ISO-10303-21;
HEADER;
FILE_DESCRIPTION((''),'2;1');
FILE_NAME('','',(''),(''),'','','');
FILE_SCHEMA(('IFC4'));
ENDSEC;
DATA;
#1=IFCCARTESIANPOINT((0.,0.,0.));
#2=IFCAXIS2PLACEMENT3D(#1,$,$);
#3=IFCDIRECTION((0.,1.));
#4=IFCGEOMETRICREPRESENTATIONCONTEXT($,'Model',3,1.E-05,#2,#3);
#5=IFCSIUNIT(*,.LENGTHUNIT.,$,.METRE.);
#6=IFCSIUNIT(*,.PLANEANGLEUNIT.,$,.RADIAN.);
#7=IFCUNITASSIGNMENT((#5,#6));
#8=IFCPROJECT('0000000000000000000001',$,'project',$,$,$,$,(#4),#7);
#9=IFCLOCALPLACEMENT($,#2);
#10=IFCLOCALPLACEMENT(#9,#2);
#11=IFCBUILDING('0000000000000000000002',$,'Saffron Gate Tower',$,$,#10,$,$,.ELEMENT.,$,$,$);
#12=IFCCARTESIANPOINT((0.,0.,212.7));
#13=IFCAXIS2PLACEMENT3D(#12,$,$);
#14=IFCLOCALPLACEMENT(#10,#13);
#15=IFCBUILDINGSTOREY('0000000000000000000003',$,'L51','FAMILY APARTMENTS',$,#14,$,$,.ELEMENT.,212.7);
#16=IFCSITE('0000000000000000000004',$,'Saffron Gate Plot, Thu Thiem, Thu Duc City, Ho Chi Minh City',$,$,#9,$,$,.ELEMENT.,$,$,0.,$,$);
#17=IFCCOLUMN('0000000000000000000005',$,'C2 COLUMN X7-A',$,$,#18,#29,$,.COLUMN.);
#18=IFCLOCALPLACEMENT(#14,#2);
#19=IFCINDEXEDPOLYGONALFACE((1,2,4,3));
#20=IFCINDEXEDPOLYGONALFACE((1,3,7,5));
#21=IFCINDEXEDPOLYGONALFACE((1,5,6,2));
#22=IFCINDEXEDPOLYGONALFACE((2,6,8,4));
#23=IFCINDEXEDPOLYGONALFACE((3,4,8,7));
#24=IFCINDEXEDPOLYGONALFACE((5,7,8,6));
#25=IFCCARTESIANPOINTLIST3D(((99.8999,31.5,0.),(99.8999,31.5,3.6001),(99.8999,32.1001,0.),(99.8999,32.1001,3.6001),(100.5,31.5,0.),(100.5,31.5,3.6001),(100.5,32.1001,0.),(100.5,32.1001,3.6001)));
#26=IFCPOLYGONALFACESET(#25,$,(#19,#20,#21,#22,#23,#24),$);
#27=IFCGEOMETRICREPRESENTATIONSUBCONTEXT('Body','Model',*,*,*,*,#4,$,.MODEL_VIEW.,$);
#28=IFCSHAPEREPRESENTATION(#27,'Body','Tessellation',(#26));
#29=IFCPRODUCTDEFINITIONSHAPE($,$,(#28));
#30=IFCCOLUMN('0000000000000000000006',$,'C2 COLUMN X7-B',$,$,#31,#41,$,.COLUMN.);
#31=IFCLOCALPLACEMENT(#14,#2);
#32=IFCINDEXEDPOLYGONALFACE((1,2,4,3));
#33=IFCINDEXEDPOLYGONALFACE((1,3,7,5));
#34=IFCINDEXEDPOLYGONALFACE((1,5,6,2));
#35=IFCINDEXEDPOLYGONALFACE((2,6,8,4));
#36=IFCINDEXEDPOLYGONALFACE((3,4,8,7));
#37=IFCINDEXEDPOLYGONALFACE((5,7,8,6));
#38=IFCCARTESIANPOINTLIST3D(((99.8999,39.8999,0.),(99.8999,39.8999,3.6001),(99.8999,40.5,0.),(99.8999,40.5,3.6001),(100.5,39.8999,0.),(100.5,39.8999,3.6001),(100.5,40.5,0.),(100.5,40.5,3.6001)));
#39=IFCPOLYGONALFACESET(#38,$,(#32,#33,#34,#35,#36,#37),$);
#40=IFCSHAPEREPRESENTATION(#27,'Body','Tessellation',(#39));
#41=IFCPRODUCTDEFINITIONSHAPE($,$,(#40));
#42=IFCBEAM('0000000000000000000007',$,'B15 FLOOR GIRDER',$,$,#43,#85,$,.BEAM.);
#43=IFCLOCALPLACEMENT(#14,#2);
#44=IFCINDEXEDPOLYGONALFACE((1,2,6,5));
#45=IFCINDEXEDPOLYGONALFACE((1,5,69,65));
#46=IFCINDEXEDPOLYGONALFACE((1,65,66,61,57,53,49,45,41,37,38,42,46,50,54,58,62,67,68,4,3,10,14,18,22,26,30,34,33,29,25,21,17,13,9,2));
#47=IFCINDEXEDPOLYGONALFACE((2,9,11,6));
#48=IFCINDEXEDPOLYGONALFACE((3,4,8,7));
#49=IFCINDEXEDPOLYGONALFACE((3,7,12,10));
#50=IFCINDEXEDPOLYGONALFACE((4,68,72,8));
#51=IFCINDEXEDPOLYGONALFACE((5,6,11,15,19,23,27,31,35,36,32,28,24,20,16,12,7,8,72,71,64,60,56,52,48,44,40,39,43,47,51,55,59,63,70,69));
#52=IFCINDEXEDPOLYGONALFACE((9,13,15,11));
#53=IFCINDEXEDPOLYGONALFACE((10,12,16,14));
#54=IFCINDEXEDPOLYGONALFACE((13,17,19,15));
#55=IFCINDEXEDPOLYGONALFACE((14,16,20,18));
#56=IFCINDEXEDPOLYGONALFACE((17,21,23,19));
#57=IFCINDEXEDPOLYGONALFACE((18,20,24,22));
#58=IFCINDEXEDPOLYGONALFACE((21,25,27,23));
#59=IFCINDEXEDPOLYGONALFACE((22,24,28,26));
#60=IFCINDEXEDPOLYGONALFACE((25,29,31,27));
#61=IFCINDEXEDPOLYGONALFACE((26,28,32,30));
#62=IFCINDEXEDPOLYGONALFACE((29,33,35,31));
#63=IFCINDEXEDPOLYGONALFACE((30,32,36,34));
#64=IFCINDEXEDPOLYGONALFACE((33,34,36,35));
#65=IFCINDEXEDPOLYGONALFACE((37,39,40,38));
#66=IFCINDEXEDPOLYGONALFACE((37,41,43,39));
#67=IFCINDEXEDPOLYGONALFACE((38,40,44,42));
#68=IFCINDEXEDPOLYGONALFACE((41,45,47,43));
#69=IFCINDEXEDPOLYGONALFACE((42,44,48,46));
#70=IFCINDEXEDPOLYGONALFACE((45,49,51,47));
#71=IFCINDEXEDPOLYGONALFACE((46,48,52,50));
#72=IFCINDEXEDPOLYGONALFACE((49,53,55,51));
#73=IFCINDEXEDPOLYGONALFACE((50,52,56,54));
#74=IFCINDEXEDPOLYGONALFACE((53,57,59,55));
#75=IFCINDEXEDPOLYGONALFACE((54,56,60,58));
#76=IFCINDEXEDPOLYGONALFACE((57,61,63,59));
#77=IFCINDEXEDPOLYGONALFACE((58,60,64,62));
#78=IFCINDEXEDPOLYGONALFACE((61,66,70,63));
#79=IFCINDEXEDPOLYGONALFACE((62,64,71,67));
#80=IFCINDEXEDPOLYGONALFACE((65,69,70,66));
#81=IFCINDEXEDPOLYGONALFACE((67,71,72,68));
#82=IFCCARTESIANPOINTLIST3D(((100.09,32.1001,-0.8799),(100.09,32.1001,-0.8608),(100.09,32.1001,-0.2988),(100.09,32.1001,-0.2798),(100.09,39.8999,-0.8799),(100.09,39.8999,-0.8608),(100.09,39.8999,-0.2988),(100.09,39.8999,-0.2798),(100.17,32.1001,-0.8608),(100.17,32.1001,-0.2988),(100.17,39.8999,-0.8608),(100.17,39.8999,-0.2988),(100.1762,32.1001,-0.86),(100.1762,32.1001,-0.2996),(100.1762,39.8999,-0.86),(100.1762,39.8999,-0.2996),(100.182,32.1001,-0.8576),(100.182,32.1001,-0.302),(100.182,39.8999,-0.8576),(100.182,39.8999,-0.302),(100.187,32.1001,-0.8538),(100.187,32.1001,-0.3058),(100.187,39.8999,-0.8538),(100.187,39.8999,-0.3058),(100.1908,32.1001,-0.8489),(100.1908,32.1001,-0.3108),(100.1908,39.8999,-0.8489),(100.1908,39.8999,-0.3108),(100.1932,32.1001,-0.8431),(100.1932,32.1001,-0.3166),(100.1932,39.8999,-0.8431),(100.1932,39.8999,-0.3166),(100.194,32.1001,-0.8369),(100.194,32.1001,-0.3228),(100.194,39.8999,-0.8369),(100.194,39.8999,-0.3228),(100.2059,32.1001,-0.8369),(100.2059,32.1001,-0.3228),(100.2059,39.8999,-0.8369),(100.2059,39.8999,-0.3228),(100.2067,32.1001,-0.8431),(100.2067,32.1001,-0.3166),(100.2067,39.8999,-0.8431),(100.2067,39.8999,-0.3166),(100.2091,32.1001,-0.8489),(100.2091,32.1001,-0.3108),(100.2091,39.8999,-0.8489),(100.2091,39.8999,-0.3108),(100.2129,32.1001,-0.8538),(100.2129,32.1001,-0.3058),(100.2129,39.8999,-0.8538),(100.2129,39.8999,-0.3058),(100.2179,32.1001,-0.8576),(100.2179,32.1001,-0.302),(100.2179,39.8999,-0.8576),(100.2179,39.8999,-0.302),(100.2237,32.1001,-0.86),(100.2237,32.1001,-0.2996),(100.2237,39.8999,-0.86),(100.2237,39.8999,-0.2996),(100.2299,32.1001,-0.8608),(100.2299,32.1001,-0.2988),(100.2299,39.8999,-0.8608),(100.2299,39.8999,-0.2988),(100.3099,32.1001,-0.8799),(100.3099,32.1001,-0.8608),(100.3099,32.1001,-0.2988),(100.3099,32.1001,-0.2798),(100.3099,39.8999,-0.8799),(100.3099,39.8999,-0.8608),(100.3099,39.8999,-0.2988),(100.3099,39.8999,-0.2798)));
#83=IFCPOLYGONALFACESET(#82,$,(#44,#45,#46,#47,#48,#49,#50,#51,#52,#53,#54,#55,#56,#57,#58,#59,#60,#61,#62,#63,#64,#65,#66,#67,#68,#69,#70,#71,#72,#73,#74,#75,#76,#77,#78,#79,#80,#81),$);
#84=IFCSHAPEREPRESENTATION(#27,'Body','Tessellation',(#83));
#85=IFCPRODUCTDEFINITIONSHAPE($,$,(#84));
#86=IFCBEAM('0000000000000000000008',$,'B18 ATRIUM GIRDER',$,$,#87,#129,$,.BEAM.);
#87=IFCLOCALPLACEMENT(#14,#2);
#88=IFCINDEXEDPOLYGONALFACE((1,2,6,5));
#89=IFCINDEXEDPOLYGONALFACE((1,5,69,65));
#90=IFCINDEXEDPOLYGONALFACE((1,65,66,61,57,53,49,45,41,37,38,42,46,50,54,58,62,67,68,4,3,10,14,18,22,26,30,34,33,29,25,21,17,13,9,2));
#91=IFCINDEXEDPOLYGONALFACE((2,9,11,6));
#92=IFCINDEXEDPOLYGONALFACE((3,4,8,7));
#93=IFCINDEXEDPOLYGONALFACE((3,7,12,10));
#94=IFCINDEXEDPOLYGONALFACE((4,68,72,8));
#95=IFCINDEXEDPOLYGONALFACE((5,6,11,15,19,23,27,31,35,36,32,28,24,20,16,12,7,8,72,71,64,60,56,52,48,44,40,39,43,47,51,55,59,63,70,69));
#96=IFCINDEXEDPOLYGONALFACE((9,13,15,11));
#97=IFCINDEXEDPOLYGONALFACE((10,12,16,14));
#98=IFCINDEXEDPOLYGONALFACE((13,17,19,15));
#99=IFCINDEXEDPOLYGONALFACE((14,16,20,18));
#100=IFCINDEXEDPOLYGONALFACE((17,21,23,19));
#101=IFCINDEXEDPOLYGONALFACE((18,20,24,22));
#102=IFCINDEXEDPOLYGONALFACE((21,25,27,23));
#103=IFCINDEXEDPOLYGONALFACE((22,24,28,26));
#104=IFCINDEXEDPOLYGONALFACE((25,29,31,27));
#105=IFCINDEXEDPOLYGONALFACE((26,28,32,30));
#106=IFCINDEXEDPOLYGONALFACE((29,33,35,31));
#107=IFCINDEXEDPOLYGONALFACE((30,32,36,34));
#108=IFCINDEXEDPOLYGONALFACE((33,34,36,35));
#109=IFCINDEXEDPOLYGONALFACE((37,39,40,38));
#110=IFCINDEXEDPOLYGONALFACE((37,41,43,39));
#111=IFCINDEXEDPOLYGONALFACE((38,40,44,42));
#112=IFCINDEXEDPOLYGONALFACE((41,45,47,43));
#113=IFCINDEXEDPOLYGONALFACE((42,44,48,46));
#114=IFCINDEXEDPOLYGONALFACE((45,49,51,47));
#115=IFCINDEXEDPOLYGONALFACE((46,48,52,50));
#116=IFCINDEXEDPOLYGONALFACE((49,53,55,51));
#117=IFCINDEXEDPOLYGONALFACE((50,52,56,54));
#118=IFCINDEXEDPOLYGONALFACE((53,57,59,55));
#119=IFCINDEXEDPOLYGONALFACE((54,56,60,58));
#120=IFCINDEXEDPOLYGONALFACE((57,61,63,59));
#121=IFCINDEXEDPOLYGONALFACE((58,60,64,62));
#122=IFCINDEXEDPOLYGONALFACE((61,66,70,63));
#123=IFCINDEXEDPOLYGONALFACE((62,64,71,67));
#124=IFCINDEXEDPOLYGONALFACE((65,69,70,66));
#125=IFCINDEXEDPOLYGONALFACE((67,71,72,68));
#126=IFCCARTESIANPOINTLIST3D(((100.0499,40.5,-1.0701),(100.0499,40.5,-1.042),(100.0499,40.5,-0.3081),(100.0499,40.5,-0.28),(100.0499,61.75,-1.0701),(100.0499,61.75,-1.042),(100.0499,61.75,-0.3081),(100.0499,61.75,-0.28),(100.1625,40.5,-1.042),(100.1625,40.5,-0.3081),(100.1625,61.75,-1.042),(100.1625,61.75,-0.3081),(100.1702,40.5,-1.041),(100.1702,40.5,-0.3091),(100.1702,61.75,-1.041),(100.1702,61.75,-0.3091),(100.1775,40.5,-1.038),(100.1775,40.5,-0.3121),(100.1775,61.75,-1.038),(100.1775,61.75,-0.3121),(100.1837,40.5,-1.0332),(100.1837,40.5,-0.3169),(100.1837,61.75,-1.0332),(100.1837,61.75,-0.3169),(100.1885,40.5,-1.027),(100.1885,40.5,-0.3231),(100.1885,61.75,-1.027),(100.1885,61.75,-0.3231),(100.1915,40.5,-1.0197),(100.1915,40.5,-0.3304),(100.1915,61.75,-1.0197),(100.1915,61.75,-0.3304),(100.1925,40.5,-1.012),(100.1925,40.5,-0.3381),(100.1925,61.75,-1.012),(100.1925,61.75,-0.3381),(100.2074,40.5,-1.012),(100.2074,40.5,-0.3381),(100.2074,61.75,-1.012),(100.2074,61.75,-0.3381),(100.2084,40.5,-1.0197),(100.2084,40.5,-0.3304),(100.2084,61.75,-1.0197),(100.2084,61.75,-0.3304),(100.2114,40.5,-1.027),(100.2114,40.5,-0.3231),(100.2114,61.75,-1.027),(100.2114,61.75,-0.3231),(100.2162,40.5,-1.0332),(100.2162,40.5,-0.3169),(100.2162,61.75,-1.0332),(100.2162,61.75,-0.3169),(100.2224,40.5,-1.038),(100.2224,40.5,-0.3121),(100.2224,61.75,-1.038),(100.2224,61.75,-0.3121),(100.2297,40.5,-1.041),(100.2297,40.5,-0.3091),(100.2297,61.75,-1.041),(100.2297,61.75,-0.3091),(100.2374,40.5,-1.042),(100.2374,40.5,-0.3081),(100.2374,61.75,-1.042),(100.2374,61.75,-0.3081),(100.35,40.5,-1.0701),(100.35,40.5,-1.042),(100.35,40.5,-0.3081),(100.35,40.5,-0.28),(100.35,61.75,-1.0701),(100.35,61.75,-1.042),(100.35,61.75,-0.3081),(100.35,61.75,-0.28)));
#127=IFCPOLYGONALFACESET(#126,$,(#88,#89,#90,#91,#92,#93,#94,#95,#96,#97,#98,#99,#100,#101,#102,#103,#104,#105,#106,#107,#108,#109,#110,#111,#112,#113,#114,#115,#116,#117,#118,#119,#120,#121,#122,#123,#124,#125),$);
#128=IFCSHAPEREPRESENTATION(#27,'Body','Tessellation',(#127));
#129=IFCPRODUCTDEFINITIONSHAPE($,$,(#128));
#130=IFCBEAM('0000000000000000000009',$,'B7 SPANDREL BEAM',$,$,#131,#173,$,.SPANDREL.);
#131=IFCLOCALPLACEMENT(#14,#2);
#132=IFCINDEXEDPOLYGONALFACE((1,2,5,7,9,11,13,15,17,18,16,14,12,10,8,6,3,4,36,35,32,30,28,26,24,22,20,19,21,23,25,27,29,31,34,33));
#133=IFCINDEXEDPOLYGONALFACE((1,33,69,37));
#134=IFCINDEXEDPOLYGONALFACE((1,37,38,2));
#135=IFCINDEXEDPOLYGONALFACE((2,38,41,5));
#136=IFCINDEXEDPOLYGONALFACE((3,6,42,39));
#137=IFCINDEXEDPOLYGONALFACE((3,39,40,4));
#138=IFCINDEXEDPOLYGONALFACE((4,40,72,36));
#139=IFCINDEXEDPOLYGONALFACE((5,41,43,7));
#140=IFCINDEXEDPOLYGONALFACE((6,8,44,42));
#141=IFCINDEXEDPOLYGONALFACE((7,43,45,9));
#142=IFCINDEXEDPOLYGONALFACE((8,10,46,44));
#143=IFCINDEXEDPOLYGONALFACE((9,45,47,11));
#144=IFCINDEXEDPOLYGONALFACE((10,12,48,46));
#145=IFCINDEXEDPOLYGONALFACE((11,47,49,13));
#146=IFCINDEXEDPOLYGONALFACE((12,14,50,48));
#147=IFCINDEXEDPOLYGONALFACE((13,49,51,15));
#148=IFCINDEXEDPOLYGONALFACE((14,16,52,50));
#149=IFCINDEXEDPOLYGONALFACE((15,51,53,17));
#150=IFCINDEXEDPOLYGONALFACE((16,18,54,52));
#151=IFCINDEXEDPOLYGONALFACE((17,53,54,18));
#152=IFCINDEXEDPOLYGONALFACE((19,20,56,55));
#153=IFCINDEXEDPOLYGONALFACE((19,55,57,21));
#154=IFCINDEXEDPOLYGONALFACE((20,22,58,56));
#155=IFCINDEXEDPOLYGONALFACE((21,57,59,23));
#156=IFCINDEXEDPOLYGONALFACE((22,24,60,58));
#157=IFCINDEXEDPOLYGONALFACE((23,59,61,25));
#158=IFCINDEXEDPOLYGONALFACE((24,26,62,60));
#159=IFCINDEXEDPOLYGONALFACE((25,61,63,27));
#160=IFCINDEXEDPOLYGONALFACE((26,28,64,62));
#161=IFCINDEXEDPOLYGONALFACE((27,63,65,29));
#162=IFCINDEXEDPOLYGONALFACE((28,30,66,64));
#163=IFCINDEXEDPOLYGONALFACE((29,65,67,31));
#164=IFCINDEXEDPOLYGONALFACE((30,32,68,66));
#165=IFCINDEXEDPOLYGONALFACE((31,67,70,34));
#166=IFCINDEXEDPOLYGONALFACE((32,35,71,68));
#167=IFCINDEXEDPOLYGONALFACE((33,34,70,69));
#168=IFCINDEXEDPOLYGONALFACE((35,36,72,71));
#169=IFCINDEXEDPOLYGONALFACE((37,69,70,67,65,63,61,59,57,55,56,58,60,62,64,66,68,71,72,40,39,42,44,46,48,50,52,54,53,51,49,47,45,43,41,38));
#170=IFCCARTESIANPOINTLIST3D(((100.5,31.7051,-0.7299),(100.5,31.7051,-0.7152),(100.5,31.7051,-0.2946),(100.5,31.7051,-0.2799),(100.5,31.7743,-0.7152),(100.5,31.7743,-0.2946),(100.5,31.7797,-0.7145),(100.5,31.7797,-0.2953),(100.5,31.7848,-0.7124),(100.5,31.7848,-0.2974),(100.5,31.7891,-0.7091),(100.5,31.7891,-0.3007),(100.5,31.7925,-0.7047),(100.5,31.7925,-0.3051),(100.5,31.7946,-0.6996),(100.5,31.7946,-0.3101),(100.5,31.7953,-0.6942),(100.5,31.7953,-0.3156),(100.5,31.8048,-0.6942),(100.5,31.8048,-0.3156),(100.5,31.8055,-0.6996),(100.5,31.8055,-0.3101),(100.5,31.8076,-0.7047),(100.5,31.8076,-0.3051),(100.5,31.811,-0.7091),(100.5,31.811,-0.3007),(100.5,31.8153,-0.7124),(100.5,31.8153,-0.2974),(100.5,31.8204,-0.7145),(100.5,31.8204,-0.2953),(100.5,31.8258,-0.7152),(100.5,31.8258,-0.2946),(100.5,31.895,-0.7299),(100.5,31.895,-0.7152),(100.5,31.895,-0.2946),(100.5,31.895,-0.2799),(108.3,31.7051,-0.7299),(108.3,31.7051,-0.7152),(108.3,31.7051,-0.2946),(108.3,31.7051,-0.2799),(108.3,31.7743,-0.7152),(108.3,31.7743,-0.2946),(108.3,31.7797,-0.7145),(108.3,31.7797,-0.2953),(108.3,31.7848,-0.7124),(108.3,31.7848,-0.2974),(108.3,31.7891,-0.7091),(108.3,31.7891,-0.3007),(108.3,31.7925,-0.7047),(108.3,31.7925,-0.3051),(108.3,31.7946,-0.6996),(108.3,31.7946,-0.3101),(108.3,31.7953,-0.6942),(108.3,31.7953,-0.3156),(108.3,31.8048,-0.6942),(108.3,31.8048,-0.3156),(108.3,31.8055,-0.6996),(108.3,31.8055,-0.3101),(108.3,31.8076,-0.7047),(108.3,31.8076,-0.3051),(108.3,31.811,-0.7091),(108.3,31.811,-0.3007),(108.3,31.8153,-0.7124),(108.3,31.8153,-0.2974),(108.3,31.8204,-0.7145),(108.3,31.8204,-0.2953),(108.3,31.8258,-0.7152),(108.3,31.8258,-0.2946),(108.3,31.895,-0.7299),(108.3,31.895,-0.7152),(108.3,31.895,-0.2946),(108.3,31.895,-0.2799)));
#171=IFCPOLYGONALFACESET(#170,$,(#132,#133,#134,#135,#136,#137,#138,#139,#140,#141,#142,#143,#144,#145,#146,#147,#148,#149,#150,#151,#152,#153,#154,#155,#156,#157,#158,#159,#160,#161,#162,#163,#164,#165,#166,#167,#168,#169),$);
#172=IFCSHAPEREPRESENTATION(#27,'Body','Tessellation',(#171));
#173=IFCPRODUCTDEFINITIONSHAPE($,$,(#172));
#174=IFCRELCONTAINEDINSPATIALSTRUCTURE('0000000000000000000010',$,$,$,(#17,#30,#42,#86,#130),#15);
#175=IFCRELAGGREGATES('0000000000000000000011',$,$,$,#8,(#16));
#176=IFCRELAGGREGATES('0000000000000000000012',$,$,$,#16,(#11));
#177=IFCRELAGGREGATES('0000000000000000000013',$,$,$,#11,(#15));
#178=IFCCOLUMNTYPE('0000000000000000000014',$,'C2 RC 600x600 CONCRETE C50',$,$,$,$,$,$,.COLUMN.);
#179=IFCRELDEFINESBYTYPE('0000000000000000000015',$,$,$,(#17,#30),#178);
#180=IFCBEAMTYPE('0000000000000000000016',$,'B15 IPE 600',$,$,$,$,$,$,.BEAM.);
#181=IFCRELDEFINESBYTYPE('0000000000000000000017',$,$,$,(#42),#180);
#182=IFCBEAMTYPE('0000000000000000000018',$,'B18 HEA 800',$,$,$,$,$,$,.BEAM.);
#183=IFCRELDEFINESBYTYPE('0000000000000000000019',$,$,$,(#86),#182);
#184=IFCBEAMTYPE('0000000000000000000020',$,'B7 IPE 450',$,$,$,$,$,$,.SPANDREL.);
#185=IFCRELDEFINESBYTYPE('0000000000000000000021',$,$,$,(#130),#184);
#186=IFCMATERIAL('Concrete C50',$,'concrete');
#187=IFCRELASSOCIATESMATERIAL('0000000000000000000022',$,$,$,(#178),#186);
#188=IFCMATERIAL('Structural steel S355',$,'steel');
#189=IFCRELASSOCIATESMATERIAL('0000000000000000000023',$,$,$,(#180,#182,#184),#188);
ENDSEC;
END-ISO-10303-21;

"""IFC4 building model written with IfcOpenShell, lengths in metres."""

from ifc_helpers import new_model, si_unit, direction, frame, origin, origin_2d, place, context, subcontext, project, spatial, rectangle, i_section, extrude, material, material_profile, profile_set, type_object, element, save


model = new_model("IFC4")

# Units and contexts
model_context = context("Model", 3, precision=1e-05, world=origin(), true_north=direction((0.0, 1.0)))
body_context = subcontext(model_context, "Body", "Model", "MODEL_VIEW")
ifc_project = project(units=[si_unit("LENGTHUNIT", "METRE"), si_unit("PLANEANGLEUNIT", "RADIAN")], contexts=[model_context])

# Site, building, storey
site_placement = place(None, origin())
site = spatial("IfcSite", under=ifc_project, at=site_placement, Name="Saffron Gate Plot, Thu Thiem, Thu Duc City, Ho Chi Minh City", CompositionType="ELEMENT", RefElevation=0.0)
building_placement = place(site_placement, origin())
building = spatial("IfcBuilding", under=site, at=building_placement, Name="Saffron Gate Tower", CompositionType="ELEMENT")
storey_placement = place(building_placement, frame((0.0, 0.0, 212.7)))
storey = spatial("IfcBuildingStorey", under=building, at=storey_placement, Name="L51", Description="FAMILY APARTMENTS", CompositionType="ELEMENT", Elevation=212.7)

# Columns
ifc_material_1 = material(Name="Concrete C50", Category="concrete")
ifc_material_profile_1 = material_profile(ifc_material_1, rectangle(XDim=0.6001, YDim=0.6001, at=origin_2d()))
ifc_profile_set_1 = profile_set([ifc_material_profile_1], Name="Concrete C50")
column_type = type_object("IfcColumnType", Name="C2 RC 600x600 CONCRETE C50", PredefinedType="COLUMN", material=ifc_profile_set_1)
for number, where, z_axis, x_axis, name in (
    (1, (100.2, 31.8, 0.0), (0.0, 0.0, 1.0), (1.0, 0.0, 0.0), "C2 COLUMN X7-A"),
    (2, (100.2, 40.2, 0.0), (0.0, 0.0, 1.0), (1.0, 0.0, 0.0), "C2 COLUMN X7-B"),
):
    element("IfcColumn", number, at=place(storey_placement, frame(where, z_axis=z_axis, x_axis=x_axis)), inside=storey, type_object=column_type, Name=name, PredefinedType="COLUMN", context=body_context, shape_type="SweptSolid", body=[
        extrude(rectangle(XDim=0.6001, YDim=0.6001, at=origin_2d()), origin(), (0.0, 0.0, 1.0), 3.6001),
    ])

# Beams
ifc_material_2 = material(Name="Structural steel S355", Category="steel")
ifc_material_profile_2 = material_profile(ifc_material_2, i_section(OverallWidth=0.22, OverallDepth=0.6001, WebThickness=0.012, FlangeThickness=0.019, FilletRadius=0.0239, at=origin_2d()))
ifc_profile_set_2 = profile_set([ifc_material_profile_2], Name="Structural steel S355")
beam_type_1 = type_object("IfcBeamType", Name="B15 IPE 600", PredefinedType="BEAM", material=ifc_profile_set_2)
beam_1_placement = place(storey_placement, frame((100.2, 32.1001, -0.5798), z_axis=(0.0, 1.0, 0.0), x_axis=(-1.0, 0.0, 0.0)))
element("IfcBeam", 3, at=beam_1_placement, inside=storey, type_object=beam_type_1, Name="B15 FLOOR GIRDER", PredefinedType="BEAM", context=body_context, shape_type="SweptSolid", body=[
    extrude(i_section(OverallWidth=0.22, OverallDepth=0.6001, WebThickness=0.012, FlangeThickness=0.019, FilletRadius=0.0239, at=origin_2d()), origin(), (0.0, 0.0, 1.0), 7.7998),
])
ifc_material_profile_3 = material_profile(ifc_material_2, i_section(OverallWidth=0.3, OverallDepth=0.79, WebThickness=0.0149, FlangeThickness=0.0281, FilletRadius=0.03, at=origin_2d()))
ifc_profile_set_3 = profile_set([ifc_material_profile_3], Name="Structural steel S355")
beam_type_2 = type_object("IfcBeamType", Name="B18 HEA 800", PredefinedType="BEAM", material=ifc_profile_set_3)
beam_2_placement = place(storey_placement, frame((100.2, 40.5, -0.675), z_axis=(0.0, 1.0, 0.0), x_axis=(-1.0, 0.0, 0.0)))
element("IfcBeam", 4, at=beam_2_placement, inside=storey, type_object=beam_type_2, Name="B18 ATRIUM GIRDER", PredefinedType="BEAM", context=body_context, shape_type="SweptSolid", body=[
    extrude(i_section(OverallWidth=0.3, OverallDepth=0.79, WebThickness=0.0149, FlangeThickness=0.0281, FilletRadius=0.03, at=origin_2d()), origin(), (0.0, 0.0, 1.0), 21.25),
])
ifc_material_profile_4 = material_profile(ifc_material_2, i_section(OverallWidth=0.1899, OverallDepth=0.45, WebThickness=0.0095, FlangeThickness=0.0146, FilletRadius=0.021, at=origin_2d()))
ifc_profile_set_4 = profile_set([ifc_material_profile_4], Name="Structural steel S355")
beam_type_3 = type_object("IfcBeamType", Name="B7 IPE 450", PredefinedType="SPANDREL", material=ifc_profile_set_4)
beam_3_placement = place(storey_placement, frame((100.5, 31.8, -0.5049), z_axis=(1.0, 0.0, 0.0), x_axis=(0.0, 1.0, 0.0)))
element("IfcBeam", 5, at=beam_3_placement, inside=storey, type_object=beam_type_3, Name="B7 SPANDREL BEAM", PredefinedType="SPANDREL", context=body_context, shape_type="SweptSolid", body=[
    extrude(i_section(OverallWidth=0.1899, OverallDepth=0.45, WebThickness=0.0095, FlangeThickness=0.0146, FilletRadius=0.021, at=origin_2d()), origin(), (0.0, 0.0, 1.0), 7.8),
])

save(model, "model.ifc")
